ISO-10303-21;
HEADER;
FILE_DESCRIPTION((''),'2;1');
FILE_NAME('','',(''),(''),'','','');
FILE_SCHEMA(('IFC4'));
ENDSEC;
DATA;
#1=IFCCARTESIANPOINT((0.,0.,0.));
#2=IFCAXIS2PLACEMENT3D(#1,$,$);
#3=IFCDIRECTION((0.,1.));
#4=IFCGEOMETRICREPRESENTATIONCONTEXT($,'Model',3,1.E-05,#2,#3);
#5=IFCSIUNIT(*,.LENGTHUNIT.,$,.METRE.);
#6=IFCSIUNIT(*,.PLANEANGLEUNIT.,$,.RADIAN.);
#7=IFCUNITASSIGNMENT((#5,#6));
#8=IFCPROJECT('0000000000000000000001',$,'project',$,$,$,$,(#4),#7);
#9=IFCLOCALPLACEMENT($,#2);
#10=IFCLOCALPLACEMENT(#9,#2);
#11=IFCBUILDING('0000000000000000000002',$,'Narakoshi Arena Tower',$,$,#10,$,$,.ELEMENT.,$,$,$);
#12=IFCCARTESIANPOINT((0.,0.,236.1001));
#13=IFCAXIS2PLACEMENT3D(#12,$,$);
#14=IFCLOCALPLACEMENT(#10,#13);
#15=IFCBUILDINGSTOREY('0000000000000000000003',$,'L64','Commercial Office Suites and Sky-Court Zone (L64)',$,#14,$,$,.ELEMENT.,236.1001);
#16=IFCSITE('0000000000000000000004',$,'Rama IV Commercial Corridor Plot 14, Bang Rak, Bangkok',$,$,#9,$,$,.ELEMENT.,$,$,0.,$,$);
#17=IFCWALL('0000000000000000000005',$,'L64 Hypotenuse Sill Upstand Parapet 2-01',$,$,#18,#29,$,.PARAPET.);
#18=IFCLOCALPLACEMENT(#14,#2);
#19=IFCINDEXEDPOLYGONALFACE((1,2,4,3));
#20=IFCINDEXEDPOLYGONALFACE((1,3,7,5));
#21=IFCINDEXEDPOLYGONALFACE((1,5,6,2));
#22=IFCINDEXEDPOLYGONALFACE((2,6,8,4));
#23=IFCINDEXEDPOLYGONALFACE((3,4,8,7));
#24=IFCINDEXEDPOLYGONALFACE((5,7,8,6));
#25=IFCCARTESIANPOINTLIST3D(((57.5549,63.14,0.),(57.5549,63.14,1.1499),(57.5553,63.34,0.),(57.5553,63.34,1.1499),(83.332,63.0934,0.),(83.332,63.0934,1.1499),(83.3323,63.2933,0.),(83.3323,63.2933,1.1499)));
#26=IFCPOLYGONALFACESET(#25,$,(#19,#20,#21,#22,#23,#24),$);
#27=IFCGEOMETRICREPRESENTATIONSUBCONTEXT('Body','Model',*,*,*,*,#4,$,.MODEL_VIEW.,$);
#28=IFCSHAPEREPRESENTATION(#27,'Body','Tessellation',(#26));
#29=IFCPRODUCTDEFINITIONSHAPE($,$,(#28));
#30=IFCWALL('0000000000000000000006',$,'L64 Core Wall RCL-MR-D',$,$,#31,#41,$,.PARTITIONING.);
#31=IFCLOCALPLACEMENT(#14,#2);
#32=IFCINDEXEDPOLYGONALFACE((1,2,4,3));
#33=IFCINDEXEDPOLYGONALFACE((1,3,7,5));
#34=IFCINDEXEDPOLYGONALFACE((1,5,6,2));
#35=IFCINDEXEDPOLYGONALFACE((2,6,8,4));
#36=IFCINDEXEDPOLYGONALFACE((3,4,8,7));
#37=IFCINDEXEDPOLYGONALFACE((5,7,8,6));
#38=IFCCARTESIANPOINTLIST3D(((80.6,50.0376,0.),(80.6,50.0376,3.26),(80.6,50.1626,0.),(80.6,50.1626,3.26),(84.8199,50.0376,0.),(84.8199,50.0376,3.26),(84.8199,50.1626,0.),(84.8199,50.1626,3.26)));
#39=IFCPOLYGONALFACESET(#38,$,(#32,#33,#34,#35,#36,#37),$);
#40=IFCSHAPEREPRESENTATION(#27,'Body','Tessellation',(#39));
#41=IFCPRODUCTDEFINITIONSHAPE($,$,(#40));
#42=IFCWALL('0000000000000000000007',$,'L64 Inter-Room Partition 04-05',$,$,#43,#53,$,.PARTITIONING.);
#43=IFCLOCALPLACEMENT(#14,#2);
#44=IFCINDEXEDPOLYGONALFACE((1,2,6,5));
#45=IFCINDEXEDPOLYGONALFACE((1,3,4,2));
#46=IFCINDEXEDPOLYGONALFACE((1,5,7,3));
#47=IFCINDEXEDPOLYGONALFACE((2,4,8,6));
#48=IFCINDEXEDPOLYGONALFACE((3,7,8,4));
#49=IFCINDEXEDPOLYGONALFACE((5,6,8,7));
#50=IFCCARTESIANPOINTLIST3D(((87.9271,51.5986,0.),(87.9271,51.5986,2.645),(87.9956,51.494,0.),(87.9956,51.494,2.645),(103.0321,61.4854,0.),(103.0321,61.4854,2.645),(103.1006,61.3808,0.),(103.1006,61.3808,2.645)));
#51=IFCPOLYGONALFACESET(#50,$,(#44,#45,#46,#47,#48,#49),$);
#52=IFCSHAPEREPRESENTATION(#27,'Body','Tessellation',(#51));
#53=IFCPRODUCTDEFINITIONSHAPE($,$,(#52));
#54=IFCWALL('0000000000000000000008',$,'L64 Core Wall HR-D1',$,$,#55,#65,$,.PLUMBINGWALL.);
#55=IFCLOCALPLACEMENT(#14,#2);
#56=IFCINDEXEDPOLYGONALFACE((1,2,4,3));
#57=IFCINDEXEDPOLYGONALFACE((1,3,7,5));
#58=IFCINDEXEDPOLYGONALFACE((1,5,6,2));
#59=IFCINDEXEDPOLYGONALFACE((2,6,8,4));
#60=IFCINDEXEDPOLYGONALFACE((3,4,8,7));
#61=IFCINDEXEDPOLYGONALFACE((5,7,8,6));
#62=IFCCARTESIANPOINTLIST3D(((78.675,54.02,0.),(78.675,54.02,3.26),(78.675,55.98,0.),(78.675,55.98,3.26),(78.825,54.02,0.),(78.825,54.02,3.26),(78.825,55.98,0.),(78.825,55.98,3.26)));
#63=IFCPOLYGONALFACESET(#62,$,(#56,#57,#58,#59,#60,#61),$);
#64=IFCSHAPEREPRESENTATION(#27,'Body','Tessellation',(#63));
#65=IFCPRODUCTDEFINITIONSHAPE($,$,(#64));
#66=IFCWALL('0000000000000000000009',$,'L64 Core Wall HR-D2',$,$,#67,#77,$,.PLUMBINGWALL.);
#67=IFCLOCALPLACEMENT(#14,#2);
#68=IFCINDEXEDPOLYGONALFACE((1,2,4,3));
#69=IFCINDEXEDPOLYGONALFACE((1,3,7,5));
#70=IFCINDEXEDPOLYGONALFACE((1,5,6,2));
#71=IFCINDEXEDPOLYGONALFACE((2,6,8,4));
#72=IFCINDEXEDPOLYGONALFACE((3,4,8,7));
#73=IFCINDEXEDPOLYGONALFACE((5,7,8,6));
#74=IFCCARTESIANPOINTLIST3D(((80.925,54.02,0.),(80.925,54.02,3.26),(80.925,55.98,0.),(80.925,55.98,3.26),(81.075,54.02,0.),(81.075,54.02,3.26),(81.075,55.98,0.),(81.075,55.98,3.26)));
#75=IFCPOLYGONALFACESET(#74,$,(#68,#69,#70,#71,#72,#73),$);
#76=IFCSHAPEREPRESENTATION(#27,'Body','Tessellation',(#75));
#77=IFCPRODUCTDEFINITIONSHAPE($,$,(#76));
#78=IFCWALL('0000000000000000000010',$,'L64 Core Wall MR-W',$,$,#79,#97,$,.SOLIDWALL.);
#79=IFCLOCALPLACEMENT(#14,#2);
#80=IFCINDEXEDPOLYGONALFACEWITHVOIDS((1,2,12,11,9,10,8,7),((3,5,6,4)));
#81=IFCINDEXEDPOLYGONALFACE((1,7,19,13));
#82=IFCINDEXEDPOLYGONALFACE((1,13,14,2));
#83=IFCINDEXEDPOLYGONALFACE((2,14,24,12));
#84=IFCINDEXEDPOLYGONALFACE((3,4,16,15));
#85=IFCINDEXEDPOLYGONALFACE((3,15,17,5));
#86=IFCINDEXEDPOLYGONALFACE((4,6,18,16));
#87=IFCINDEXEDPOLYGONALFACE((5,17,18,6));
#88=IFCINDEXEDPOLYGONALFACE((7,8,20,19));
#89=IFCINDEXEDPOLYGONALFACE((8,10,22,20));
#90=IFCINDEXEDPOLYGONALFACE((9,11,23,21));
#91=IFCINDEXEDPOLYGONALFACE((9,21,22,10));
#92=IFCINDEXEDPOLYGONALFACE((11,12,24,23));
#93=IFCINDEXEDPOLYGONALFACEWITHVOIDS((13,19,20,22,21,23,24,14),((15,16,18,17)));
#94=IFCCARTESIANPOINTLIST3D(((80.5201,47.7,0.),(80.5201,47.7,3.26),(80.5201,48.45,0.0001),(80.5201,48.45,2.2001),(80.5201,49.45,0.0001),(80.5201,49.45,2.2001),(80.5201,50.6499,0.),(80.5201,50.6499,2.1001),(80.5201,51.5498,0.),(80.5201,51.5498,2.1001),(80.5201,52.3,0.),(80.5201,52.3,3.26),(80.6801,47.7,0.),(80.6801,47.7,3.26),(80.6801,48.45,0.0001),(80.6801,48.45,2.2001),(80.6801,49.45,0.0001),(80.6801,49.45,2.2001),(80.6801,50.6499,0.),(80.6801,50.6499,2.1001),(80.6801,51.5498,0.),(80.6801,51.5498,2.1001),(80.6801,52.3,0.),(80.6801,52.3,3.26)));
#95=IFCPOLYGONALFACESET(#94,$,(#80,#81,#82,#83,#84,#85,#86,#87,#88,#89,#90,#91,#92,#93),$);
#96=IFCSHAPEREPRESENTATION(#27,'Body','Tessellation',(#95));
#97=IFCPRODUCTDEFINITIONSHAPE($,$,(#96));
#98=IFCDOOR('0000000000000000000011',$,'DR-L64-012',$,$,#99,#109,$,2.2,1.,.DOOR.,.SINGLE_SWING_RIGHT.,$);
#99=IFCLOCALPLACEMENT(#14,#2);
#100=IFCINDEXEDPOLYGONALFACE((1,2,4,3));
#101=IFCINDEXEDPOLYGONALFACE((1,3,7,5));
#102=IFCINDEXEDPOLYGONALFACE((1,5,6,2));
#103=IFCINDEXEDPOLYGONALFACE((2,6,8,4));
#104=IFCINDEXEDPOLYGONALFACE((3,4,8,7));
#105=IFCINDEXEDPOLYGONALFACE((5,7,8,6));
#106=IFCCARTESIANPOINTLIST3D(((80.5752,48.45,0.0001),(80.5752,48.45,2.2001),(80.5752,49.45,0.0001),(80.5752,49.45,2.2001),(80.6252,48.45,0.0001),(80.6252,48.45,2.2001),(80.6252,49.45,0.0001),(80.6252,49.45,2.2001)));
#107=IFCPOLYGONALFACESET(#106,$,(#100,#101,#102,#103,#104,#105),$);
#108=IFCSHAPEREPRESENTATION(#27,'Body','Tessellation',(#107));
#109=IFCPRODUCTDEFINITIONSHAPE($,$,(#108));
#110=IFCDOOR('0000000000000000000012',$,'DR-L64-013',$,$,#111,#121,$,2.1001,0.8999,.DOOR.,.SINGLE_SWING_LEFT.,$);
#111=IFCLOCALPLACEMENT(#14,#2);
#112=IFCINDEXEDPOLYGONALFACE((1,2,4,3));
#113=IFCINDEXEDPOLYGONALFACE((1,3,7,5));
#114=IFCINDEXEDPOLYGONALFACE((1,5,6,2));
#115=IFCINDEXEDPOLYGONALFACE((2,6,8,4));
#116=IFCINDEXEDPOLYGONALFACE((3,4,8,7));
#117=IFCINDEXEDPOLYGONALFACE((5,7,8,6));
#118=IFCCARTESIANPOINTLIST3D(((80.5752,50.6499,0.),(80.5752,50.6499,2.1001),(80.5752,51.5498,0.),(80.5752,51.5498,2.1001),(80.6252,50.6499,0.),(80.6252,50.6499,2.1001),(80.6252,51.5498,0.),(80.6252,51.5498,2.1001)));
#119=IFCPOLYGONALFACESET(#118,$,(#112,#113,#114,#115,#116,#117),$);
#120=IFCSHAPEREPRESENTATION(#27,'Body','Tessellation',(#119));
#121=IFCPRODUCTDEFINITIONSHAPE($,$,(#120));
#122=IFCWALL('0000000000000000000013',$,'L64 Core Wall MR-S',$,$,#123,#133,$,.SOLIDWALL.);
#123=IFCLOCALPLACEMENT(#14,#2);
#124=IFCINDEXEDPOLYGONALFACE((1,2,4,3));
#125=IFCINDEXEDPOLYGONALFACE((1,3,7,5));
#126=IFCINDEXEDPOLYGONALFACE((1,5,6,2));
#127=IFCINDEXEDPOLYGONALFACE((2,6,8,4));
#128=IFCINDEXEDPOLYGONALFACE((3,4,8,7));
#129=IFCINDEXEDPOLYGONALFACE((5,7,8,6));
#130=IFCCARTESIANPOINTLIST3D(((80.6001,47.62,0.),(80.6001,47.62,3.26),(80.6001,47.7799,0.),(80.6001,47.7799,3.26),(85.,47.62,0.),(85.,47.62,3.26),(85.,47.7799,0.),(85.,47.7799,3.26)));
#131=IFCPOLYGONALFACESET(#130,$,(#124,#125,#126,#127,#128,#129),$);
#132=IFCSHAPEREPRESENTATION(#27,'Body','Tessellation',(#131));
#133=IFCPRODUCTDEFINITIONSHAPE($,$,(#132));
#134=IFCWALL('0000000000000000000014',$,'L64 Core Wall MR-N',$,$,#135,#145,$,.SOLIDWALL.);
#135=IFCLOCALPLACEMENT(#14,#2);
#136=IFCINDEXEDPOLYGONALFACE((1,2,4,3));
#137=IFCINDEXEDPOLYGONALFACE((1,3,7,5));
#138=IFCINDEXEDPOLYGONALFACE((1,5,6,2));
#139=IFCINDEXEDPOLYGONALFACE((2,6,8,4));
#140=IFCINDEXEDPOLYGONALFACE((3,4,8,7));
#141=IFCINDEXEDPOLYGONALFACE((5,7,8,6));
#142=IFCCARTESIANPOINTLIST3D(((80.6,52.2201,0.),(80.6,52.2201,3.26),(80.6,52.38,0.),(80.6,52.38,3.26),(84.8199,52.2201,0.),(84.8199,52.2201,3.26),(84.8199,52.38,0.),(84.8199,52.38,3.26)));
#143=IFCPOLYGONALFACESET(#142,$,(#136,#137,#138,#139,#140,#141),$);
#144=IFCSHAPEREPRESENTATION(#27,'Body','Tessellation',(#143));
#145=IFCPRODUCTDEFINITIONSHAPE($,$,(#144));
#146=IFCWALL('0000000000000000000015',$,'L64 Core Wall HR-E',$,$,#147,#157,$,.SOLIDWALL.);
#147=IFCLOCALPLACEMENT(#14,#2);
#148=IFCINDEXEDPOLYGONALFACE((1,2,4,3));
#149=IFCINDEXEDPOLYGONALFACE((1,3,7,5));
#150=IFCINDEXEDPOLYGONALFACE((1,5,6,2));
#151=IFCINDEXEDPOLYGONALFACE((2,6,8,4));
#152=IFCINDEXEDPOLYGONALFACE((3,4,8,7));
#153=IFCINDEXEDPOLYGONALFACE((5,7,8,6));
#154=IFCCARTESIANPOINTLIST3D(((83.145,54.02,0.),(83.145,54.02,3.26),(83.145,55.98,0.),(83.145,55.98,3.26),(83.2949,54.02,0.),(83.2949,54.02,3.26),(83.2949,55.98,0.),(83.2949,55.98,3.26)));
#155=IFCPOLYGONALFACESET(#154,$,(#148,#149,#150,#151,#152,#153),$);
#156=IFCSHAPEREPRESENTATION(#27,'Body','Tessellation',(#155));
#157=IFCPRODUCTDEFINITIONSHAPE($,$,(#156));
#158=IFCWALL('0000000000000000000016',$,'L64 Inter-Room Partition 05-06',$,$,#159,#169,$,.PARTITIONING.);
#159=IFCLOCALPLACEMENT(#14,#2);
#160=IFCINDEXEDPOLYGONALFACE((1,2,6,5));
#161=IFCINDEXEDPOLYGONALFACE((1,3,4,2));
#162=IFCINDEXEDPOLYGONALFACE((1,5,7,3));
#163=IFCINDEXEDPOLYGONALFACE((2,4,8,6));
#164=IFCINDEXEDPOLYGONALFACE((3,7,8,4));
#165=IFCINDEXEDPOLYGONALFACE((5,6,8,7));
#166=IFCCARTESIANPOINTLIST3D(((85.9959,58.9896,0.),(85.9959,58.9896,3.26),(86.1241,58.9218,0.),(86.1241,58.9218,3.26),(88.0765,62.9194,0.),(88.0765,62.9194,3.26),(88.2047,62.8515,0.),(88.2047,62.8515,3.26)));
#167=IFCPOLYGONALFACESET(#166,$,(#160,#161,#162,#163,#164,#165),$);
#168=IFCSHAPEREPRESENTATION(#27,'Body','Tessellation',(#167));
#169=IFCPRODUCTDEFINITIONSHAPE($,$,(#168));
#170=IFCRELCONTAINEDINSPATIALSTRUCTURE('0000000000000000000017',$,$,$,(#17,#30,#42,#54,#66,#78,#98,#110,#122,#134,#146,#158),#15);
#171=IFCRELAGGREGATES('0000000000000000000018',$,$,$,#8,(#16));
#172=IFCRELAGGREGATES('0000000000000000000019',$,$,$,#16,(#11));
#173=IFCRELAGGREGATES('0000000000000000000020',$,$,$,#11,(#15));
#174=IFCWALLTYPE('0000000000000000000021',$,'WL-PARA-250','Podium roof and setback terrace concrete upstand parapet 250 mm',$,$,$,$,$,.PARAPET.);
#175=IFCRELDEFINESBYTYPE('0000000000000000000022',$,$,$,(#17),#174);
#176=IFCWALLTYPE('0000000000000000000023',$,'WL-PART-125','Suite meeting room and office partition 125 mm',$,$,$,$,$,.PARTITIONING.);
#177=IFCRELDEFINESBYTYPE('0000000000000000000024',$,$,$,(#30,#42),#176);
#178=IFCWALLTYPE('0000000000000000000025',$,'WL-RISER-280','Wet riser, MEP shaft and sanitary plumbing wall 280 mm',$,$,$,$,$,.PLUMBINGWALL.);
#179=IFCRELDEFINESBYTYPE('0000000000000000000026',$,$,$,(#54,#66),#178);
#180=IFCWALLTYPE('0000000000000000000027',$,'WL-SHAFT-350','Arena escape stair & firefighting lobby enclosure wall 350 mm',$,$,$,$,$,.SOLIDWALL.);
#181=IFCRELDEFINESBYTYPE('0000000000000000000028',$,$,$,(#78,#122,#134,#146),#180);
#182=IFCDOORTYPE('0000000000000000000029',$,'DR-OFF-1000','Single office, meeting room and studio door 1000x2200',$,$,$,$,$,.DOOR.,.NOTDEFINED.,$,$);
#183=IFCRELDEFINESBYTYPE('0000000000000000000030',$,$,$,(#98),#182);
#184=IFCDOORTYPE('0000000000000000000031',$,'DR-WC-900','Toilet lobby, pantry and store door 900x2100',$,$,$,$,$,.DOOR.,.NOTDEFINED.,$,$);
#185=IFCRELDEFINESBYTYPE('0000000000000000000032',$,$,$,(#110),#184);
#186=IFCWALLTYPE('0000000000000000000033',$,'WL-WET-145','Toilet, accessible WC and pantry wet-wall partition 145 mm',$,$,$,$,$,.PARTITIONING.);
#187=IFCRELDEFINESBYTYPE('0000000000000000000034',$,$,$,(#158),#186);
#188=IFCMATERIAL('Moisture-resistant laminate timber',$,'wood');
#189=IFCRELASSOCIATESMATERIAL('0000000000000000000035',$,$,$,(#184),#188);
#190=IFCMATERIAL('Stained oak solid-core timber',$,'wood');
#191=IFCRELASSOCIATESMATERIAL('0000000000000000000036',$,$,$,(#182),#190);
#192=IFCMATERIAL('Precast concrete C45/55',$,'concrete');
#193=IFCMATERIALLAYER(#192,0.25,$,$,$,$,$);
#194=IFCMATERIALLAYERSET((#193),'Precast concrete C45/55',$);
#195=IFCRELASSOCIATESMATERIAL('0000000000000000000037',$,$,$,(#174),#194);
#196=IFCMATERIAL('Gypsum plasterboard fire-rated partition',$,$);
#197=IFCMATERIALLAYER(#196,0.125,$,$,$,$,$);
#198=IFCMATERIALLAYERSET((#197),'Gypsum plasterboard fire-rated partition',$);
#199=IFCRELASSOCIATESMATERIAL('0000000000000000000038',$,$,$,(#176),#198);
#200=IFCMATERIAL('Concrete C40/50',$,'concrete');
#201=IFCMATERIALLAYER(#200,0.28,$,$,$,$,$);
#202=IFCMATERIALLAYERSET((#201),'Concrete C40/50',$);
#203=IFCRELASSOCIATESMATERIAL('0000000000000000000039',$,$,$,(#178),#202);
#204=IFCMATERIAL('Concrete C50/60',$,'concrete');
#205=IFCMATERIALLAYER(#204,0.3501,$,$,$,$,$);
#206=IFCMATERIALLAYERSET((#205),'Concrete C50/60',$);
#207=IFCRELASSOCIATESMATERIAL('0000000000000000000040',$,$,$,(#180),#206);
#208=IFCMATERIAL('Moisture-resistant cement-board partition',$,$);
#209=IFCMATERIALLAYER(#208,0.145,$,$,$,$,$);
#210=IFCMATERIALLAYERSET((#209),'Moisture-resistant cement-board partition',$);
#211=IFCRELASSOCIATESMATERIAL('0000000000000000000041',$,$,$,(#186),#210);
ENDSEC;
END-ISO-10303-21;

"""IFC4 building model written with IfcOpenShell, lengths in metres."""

from ifc_helpers import new_model, si_unit, direction, frame, frame_2d, origin, place, context, subcontext, project, spatial, rectangle, extrude, material, layer, layer_set, type_object, element, fill, save


model = new_model("IFC4")

# Units and contexts
model_context = context("Model", 3, precision=1e-05, world=origin(), true_north=direction((0.0, 1.0)))
body_context = subcontext(model_context, "Body", "Model", "MODEL_VIEW")
ifc_project = project(units=[si_unit("LENGTHUNIT", "METRE"), si_unit("PLANEANGLEUNIT", "RADIAN")], contexts=[model_context])

# Site, building, storey
site_placement = place(None, origin())
site = spatial("IfcSite", under=ifc_project, at=site_placement, Name="Rama IV Commercial Corridor Plot 14, Bang Rak, Bangkok", CompositionType="ELEMENT", RefElevation=0.0)
building_placement = place(site_placement, origin())
building = spatial("IfcBuilding", under=site, at=building_placement, Name="Narakoshi Arena Tower", CompositionType="ELEMENT")
storey_placement = place(building_placement, frame((0.0, 0.0, 236.1001)))
storey = spatial("IfcBuildingStorey", under=building, at=storey_placement, Name="L64", Description="Commercial Office Suites and Sky-Court Zone (L64)", CompositionType="ELEMENT", Elevation=236.1001)

# Shared definitions
ifc_material_1 = material(Name="Concrete C50/60", Category="concrete")

# Shared definitions
ifc_material_2 = material(Name="Gypsum plasterboard fire-rated partition")

# Shared definitions
ifc_material_3 = material(Name="Moisture-resistant laminate timber", Category="wood")
door_type_1 = type_object("IfcDoorType", Name="DR-WC-900", Description="Toilet lobby, pantry and store door 900x2100", OperationType="NOTDEFINED", PredefinedType="DOOR", material=ifc_material_3)
ifc_material_4 = material(Name="Stained oak solid-core timber", Category="wood")
door_type_2 = type_object("IfcDoorType", Name="DR-OFF-1000", Description="Single office, meeting room and studio door 1000x2200", OperationType="NOTDEFINED", PredefinedType="DOOR", material=ifc_material_4)

# Walls
ifc_material_5 = material(Name="Precast concrete C45/55", Category="concrete")
ifc_layer_1 = layer(ifc_material_5, 0.25)
ifc_layer_set_1 = layer_set([ifc_layer_1], Name="Precast concrete C45/55")
wall_type_1 = type_object("IfcWallType", Name="WL-PARA-250", Description="Podium roof and setback terrace concrete upstand parapet 250 mm", PredefinedType="PARAPET", material=ifc_layer_set_1)
wall_1_placement = place(storey_placement, frame((83.3323, 63.1934, 0.0), z_axis=(0.0, 0.0, 1.0), x_axis=(-0.999998, 0.001809, 0.0)))
element("IfcWall", 1, at=wall_1_placement, inside=storey, type_object=wall_type_1, Name="L64 Hypotenuse Sill Upstand Parapet 2-01", PredefinedType="PARAPET", context=body_context, shape_type="SweptSolid", body=[
    extrude(rectangle(XDim=25.7771, YDim=0.2, at=frame_2d((12.8887, 0.0))), origin(), (0.0, 0.0, 1.0), 1.1499),
])
ifc_layer_2 = layer(ifc_material_2, 0.125)
ifc_layer_set_2 = layer_set([ifc_layer_2], Name="Gypsum plasterboard fire-rated partition")
wall_type_2 = type_object("IfcWallType", Name="WL-PART-125", Description="Suite meeting room and office partition 125 mm", PredefinedType="PARTITIONING", material=ifc_layer_set_2)
wall_2_placement = place(storey_placement, frame((80.6001, 50.1001, 0.0), z_axis=(0.0, 0.0, 1.0), x_axis=(1.0, 0.0, 0.0)))
element("IfcWall", 2, at=wall_2_placement, inside=storey, type_object=wall_type_2, Name="L64 Core Wall RCL-MR-D", PredefinedType="PARTITIONING", context=body_context, shape_type="SweptSolid", body=[
    extrude(rectangle(XDim=4.22, YDim=0.125, at=frame_2d((2.1099, 0.0))), origin(), (0.0, 0.0, 1.0), 3.26),
])
wall_3_placement = place(storey_placement, frame((87.9614, 51.5464, 0.0), z_axis=(0.0, 0.0, 1.0), x_axis=(0.836706, 0.547652, 0.0)))
element("IfcWall", 3, at=wall_3_placement, inside=storey, type_object=wall_type_2, Name="L64 Inter-Room Partition 04-05", PredefinedType="PARTITIONING", context=body_context, shape_type="SweptSolid", body=[
    extrude(rectangle(XDim=18.053, YDim=0.125, at=frame_2d((9.0264, 0.0))), origin(), (0.0, 0.0, 1.0), 2.645),
])
ifc_material_6 = material(Name="Concrete C40/50", Category="concrete")
ifc_layer_3 = layer(ifc_material_6, 0.28)
ifc_layer_set_3 = layer_set([ifc_layer_3], Name="Concrete C40/50")
wall_type_3 = type_object("IfcWallType", Name="WL-RISER-280", Description="Wet riser, MEP shaft and sanitary plumbing wall 280 mm", PredefinedType="PLUMBINGWALL", material=ifc_layer_set_3)
for number, where, z_axis, x_axis, name in (
    (4, (78.75, 54.02, 0.0), (0.0, 0.0, 1.0), (0.0, 1.0, 0.0), "L64 Core Wall HR-D1"),
    (5, (81.0, 54.02, 0.0), (0.0, 0.0, 1.0), (0.0, 1.0, 0.0), "L64 Core Wall HR-D2"),
):
    element("IfcWall", number, at=place(storey_placement, frame(where, z_axis=z_axis, x_axis=x_axis)), inside=storey, type_object=wall_type_3, Name=name, PredefinedType="PLUMBINGWALL", context=body_context, shape_type="SweptSolid", body=[
        extrude(rectangle(XDim=1.96, YDim=0.1499, at=frame_2d((0.98, 0.0))), origin(), (0.0, 0.0, 1.0), 3.26),
    ])

# Wall, openings, doors
ifc_layer_4 = layer(ifc_material_1, 0.3501)
ifc_layer_set_4 = layer_set([ifc_layer_4], Name="Concrete C50/60")
wall_type_4 = type_object("IfcWallType", Name="WL-SHAFT-350", Description="Arena escape stair & firefighting lobby enclosure wall 350 mm", PredefinedType="SOLIDWALL", material=ifc_layer_set_4)
wall_4_placement = place(storey_placement, frame((80.6001, 47.7, 0.0), z_axis=(0.0, 0.0, 1.0), x_axis=(0.0, 1.0, 0.0)))
wall_4 = element("IfcWall", 6, at=wall_4_placement, inside=storey, type_object=wall_type_4, Name="L64 Core Wall MR-W", PredefinedType="SOLIDWALL", context=body_context, shape_type="SweptSolid", body=[
    extrude(rectangle(XDim=4.6001, YDim=0.1599, at=frame_2d((2.3, 0.0))), origin(), (0.0, 0.0, 1.0), 3.26),
])
opening_1_placement = place(wall_4_placement, frame((0.75, 0.0, 0.0)))
opening_1 = element("IfcOpeningElement", 7, at=opening_1_placement, cuts=wall_4, PredefinedType="OPENING", context=body_context, shape_type="SweptSolid", body=[
    extrude(rectangle(XDim=1.0, YDim=2.2, at=frame_2d((0.5, 1.1001))), frame((0.0, 0.0898, 0.0), z_axis=(0.0, -1.0, 0.0), x_axis=(1.0, 0.0, 0.0)), (0.0, 0.0, 1.0), 0.1799),
])
opening_2_placement = place(wall_4_placement, frame((2.95, 0.0, 0.0)))
opening_2 = element("IfcOpeningElement", 8, at=opening_2_placement, cuts=wall_4, PredefinedType="OPENING", context=body_context, shape_type="SweptSolid", body=[
    extrude(rectangle(XDim=0.8999, YDim=2.1001, at=frame_2d((0.45, 1.05))), frame((0.0, 0.0898, 0.0), z_axis=(0.0, -1.0, 0.0), x_axis=(1.0, 0.0, 0.0)), (0.0, 0.0, 1.0), 0.1799),
])
door_1_placement = place(opening_1_placement, origin())
door_1 = element("IfcDoor", 9, at=door_1_placement, inside=storey, type_object=door_type_2, Name="DR-L64-012", OperationType="SINGLE_SWING_RIGHT", OverallHeight=2.2, OverallWidth=1.0, PredefinedType="DOOR", context=body_context, shape_type="SweptSolid", body=[
    extrude(rectangle(XDim=1.0, YDim=2.2, at=frame_2d((0.5, 1.1001))), frame((0.0, 0.0249, 0.0), z_axis=(0.0, -1.0, 0.0), x_axis=(1.0, 0.0, 0.0)), (0.0, 0.0, 1.0), 0.05),
])
fill(opening_1, door_1)
door_2_placement = place(opening_2_placement, origin())
door_2 = element("IfcDoor", 10, at=door_2_placement, inside=storey, type_object=door_type_1, Name="DR-L64-013", OperationType="SINGLE_SWING_LEFT", OverallHeight=2.1001, OverallWidth=0.8999, PredefinedType="DOOR", context=body_context, shape_type="SweptSolid", body=[
    extrude(rectangle(XDim=0.8999, YDim=2.1001, at=frame_2d((0.45, 1.05))), frame((0.0, 0.0249, 0.0), z_axis=(0.0, -1.0, 0.0), x_axis=(1.0, 0.0, 0.0)), (0.0, 0.0, 1.0), 0.05),
])
fill(opening_2, door_2)

# Walls
wall_5_placement = place(storey_placement, frame((80.6001, 47.7, 0.0), z_axis=(0.0, 0.0, 1.0), x_axis=(1.0, 0.0, 0.0)))
element("IfcWall", 11, at=wall_5_placement, inside=storey, type_object=wall_type_4, Name="L64 Core Wall MR-S", PredefinedType="SOLIDWALL", context=body_context, shape_type="SweptSolid", body=[
    extrude(rectangle(XDim=4.3999, YDim=0.1599, at=frame_2d((2.2, 0.0))), origin(), (0.0, 0.0, 1.0), 3.26),
])
wall_6_placement = place(storey_placement, frame((80.6001, 52.3, 0.0), z_axis=(0.0, 0.0, 1.0), x_axis=(1.0, 0.0, 0.0)))
element("IfcWall", 12, at=wall_6_placement, inside=storey, type_object=wall_type_4, Name="L64 Core Wall MR-N", PredefinedType="SOLIDWALL", context=body_context, shape_type="SweptSolid", body=[
    extrude(rectangle(XDim=4.22, YDim=0.1599, at=frame_2d((2.1099, 0.0))), origin(), (0.0, 0.0, 1.0), 3.26),
])
wall_7_placement = place(storey_placement, frame((83.22, 54.02, 0.0), z_axis=(0.0, 0.0, 1.0), x_axis=(0.0, 1.0, 0.0)))
element("IfcWall", 13, at=wall_7_placement, inside=storey, type_object=wall_type_4, Name="L64 Core Wall HR-E", PredefinedType="SOLIDWALL", context=body_context, shape_type="SweptSolid", body=[
    extrude(rectangle(XDim=1.96, YDim=0.1499, at=frame_2d((0.98, 0.0))), origin(), (0.0, 0.0, 1.0), 3.26),
])
ifc_material_7 = material(Name="Moisture-resistant cement-board partition")
ifc_layer_5 = layer(ifc_material_7, 0.145)
ifc_layer_set_5 = layer_set([ifc_layer_5], Name="Moisture-resistant cement-board partition")
wall_type_5 = type_object("IfcWallType", Name="WL-WET-145", Description="Toilet, accessible WC and pantry wet-wall partition 145 mm", PredefinedType="PARTITIONING", material=ifc_layer_set_5)
wall_8_placement = place(storey_placement, frame((86.0601, 58.9558, 0.0), z_axis=(0.0, 0.0, 1.0), x_axis=(0.467913, 0.883775, 0.0)))
element("IfcWall", 14, at=wall_8_placement, inside=storey, type_object=wall_type_5, Name="L64 Inter-Room Partition 05-06", PredefinedType="PARTITIONING", context=body_context, shape_type="SweptSolid", body=[
    extrude(rectangle(XDim=4.4465, YDim=0.145, at=frame_2d((2.2231, 0.0))), origin(), (0.0, 0.0, 1.0), 3.26),
])

save(model, "model.ifc")
